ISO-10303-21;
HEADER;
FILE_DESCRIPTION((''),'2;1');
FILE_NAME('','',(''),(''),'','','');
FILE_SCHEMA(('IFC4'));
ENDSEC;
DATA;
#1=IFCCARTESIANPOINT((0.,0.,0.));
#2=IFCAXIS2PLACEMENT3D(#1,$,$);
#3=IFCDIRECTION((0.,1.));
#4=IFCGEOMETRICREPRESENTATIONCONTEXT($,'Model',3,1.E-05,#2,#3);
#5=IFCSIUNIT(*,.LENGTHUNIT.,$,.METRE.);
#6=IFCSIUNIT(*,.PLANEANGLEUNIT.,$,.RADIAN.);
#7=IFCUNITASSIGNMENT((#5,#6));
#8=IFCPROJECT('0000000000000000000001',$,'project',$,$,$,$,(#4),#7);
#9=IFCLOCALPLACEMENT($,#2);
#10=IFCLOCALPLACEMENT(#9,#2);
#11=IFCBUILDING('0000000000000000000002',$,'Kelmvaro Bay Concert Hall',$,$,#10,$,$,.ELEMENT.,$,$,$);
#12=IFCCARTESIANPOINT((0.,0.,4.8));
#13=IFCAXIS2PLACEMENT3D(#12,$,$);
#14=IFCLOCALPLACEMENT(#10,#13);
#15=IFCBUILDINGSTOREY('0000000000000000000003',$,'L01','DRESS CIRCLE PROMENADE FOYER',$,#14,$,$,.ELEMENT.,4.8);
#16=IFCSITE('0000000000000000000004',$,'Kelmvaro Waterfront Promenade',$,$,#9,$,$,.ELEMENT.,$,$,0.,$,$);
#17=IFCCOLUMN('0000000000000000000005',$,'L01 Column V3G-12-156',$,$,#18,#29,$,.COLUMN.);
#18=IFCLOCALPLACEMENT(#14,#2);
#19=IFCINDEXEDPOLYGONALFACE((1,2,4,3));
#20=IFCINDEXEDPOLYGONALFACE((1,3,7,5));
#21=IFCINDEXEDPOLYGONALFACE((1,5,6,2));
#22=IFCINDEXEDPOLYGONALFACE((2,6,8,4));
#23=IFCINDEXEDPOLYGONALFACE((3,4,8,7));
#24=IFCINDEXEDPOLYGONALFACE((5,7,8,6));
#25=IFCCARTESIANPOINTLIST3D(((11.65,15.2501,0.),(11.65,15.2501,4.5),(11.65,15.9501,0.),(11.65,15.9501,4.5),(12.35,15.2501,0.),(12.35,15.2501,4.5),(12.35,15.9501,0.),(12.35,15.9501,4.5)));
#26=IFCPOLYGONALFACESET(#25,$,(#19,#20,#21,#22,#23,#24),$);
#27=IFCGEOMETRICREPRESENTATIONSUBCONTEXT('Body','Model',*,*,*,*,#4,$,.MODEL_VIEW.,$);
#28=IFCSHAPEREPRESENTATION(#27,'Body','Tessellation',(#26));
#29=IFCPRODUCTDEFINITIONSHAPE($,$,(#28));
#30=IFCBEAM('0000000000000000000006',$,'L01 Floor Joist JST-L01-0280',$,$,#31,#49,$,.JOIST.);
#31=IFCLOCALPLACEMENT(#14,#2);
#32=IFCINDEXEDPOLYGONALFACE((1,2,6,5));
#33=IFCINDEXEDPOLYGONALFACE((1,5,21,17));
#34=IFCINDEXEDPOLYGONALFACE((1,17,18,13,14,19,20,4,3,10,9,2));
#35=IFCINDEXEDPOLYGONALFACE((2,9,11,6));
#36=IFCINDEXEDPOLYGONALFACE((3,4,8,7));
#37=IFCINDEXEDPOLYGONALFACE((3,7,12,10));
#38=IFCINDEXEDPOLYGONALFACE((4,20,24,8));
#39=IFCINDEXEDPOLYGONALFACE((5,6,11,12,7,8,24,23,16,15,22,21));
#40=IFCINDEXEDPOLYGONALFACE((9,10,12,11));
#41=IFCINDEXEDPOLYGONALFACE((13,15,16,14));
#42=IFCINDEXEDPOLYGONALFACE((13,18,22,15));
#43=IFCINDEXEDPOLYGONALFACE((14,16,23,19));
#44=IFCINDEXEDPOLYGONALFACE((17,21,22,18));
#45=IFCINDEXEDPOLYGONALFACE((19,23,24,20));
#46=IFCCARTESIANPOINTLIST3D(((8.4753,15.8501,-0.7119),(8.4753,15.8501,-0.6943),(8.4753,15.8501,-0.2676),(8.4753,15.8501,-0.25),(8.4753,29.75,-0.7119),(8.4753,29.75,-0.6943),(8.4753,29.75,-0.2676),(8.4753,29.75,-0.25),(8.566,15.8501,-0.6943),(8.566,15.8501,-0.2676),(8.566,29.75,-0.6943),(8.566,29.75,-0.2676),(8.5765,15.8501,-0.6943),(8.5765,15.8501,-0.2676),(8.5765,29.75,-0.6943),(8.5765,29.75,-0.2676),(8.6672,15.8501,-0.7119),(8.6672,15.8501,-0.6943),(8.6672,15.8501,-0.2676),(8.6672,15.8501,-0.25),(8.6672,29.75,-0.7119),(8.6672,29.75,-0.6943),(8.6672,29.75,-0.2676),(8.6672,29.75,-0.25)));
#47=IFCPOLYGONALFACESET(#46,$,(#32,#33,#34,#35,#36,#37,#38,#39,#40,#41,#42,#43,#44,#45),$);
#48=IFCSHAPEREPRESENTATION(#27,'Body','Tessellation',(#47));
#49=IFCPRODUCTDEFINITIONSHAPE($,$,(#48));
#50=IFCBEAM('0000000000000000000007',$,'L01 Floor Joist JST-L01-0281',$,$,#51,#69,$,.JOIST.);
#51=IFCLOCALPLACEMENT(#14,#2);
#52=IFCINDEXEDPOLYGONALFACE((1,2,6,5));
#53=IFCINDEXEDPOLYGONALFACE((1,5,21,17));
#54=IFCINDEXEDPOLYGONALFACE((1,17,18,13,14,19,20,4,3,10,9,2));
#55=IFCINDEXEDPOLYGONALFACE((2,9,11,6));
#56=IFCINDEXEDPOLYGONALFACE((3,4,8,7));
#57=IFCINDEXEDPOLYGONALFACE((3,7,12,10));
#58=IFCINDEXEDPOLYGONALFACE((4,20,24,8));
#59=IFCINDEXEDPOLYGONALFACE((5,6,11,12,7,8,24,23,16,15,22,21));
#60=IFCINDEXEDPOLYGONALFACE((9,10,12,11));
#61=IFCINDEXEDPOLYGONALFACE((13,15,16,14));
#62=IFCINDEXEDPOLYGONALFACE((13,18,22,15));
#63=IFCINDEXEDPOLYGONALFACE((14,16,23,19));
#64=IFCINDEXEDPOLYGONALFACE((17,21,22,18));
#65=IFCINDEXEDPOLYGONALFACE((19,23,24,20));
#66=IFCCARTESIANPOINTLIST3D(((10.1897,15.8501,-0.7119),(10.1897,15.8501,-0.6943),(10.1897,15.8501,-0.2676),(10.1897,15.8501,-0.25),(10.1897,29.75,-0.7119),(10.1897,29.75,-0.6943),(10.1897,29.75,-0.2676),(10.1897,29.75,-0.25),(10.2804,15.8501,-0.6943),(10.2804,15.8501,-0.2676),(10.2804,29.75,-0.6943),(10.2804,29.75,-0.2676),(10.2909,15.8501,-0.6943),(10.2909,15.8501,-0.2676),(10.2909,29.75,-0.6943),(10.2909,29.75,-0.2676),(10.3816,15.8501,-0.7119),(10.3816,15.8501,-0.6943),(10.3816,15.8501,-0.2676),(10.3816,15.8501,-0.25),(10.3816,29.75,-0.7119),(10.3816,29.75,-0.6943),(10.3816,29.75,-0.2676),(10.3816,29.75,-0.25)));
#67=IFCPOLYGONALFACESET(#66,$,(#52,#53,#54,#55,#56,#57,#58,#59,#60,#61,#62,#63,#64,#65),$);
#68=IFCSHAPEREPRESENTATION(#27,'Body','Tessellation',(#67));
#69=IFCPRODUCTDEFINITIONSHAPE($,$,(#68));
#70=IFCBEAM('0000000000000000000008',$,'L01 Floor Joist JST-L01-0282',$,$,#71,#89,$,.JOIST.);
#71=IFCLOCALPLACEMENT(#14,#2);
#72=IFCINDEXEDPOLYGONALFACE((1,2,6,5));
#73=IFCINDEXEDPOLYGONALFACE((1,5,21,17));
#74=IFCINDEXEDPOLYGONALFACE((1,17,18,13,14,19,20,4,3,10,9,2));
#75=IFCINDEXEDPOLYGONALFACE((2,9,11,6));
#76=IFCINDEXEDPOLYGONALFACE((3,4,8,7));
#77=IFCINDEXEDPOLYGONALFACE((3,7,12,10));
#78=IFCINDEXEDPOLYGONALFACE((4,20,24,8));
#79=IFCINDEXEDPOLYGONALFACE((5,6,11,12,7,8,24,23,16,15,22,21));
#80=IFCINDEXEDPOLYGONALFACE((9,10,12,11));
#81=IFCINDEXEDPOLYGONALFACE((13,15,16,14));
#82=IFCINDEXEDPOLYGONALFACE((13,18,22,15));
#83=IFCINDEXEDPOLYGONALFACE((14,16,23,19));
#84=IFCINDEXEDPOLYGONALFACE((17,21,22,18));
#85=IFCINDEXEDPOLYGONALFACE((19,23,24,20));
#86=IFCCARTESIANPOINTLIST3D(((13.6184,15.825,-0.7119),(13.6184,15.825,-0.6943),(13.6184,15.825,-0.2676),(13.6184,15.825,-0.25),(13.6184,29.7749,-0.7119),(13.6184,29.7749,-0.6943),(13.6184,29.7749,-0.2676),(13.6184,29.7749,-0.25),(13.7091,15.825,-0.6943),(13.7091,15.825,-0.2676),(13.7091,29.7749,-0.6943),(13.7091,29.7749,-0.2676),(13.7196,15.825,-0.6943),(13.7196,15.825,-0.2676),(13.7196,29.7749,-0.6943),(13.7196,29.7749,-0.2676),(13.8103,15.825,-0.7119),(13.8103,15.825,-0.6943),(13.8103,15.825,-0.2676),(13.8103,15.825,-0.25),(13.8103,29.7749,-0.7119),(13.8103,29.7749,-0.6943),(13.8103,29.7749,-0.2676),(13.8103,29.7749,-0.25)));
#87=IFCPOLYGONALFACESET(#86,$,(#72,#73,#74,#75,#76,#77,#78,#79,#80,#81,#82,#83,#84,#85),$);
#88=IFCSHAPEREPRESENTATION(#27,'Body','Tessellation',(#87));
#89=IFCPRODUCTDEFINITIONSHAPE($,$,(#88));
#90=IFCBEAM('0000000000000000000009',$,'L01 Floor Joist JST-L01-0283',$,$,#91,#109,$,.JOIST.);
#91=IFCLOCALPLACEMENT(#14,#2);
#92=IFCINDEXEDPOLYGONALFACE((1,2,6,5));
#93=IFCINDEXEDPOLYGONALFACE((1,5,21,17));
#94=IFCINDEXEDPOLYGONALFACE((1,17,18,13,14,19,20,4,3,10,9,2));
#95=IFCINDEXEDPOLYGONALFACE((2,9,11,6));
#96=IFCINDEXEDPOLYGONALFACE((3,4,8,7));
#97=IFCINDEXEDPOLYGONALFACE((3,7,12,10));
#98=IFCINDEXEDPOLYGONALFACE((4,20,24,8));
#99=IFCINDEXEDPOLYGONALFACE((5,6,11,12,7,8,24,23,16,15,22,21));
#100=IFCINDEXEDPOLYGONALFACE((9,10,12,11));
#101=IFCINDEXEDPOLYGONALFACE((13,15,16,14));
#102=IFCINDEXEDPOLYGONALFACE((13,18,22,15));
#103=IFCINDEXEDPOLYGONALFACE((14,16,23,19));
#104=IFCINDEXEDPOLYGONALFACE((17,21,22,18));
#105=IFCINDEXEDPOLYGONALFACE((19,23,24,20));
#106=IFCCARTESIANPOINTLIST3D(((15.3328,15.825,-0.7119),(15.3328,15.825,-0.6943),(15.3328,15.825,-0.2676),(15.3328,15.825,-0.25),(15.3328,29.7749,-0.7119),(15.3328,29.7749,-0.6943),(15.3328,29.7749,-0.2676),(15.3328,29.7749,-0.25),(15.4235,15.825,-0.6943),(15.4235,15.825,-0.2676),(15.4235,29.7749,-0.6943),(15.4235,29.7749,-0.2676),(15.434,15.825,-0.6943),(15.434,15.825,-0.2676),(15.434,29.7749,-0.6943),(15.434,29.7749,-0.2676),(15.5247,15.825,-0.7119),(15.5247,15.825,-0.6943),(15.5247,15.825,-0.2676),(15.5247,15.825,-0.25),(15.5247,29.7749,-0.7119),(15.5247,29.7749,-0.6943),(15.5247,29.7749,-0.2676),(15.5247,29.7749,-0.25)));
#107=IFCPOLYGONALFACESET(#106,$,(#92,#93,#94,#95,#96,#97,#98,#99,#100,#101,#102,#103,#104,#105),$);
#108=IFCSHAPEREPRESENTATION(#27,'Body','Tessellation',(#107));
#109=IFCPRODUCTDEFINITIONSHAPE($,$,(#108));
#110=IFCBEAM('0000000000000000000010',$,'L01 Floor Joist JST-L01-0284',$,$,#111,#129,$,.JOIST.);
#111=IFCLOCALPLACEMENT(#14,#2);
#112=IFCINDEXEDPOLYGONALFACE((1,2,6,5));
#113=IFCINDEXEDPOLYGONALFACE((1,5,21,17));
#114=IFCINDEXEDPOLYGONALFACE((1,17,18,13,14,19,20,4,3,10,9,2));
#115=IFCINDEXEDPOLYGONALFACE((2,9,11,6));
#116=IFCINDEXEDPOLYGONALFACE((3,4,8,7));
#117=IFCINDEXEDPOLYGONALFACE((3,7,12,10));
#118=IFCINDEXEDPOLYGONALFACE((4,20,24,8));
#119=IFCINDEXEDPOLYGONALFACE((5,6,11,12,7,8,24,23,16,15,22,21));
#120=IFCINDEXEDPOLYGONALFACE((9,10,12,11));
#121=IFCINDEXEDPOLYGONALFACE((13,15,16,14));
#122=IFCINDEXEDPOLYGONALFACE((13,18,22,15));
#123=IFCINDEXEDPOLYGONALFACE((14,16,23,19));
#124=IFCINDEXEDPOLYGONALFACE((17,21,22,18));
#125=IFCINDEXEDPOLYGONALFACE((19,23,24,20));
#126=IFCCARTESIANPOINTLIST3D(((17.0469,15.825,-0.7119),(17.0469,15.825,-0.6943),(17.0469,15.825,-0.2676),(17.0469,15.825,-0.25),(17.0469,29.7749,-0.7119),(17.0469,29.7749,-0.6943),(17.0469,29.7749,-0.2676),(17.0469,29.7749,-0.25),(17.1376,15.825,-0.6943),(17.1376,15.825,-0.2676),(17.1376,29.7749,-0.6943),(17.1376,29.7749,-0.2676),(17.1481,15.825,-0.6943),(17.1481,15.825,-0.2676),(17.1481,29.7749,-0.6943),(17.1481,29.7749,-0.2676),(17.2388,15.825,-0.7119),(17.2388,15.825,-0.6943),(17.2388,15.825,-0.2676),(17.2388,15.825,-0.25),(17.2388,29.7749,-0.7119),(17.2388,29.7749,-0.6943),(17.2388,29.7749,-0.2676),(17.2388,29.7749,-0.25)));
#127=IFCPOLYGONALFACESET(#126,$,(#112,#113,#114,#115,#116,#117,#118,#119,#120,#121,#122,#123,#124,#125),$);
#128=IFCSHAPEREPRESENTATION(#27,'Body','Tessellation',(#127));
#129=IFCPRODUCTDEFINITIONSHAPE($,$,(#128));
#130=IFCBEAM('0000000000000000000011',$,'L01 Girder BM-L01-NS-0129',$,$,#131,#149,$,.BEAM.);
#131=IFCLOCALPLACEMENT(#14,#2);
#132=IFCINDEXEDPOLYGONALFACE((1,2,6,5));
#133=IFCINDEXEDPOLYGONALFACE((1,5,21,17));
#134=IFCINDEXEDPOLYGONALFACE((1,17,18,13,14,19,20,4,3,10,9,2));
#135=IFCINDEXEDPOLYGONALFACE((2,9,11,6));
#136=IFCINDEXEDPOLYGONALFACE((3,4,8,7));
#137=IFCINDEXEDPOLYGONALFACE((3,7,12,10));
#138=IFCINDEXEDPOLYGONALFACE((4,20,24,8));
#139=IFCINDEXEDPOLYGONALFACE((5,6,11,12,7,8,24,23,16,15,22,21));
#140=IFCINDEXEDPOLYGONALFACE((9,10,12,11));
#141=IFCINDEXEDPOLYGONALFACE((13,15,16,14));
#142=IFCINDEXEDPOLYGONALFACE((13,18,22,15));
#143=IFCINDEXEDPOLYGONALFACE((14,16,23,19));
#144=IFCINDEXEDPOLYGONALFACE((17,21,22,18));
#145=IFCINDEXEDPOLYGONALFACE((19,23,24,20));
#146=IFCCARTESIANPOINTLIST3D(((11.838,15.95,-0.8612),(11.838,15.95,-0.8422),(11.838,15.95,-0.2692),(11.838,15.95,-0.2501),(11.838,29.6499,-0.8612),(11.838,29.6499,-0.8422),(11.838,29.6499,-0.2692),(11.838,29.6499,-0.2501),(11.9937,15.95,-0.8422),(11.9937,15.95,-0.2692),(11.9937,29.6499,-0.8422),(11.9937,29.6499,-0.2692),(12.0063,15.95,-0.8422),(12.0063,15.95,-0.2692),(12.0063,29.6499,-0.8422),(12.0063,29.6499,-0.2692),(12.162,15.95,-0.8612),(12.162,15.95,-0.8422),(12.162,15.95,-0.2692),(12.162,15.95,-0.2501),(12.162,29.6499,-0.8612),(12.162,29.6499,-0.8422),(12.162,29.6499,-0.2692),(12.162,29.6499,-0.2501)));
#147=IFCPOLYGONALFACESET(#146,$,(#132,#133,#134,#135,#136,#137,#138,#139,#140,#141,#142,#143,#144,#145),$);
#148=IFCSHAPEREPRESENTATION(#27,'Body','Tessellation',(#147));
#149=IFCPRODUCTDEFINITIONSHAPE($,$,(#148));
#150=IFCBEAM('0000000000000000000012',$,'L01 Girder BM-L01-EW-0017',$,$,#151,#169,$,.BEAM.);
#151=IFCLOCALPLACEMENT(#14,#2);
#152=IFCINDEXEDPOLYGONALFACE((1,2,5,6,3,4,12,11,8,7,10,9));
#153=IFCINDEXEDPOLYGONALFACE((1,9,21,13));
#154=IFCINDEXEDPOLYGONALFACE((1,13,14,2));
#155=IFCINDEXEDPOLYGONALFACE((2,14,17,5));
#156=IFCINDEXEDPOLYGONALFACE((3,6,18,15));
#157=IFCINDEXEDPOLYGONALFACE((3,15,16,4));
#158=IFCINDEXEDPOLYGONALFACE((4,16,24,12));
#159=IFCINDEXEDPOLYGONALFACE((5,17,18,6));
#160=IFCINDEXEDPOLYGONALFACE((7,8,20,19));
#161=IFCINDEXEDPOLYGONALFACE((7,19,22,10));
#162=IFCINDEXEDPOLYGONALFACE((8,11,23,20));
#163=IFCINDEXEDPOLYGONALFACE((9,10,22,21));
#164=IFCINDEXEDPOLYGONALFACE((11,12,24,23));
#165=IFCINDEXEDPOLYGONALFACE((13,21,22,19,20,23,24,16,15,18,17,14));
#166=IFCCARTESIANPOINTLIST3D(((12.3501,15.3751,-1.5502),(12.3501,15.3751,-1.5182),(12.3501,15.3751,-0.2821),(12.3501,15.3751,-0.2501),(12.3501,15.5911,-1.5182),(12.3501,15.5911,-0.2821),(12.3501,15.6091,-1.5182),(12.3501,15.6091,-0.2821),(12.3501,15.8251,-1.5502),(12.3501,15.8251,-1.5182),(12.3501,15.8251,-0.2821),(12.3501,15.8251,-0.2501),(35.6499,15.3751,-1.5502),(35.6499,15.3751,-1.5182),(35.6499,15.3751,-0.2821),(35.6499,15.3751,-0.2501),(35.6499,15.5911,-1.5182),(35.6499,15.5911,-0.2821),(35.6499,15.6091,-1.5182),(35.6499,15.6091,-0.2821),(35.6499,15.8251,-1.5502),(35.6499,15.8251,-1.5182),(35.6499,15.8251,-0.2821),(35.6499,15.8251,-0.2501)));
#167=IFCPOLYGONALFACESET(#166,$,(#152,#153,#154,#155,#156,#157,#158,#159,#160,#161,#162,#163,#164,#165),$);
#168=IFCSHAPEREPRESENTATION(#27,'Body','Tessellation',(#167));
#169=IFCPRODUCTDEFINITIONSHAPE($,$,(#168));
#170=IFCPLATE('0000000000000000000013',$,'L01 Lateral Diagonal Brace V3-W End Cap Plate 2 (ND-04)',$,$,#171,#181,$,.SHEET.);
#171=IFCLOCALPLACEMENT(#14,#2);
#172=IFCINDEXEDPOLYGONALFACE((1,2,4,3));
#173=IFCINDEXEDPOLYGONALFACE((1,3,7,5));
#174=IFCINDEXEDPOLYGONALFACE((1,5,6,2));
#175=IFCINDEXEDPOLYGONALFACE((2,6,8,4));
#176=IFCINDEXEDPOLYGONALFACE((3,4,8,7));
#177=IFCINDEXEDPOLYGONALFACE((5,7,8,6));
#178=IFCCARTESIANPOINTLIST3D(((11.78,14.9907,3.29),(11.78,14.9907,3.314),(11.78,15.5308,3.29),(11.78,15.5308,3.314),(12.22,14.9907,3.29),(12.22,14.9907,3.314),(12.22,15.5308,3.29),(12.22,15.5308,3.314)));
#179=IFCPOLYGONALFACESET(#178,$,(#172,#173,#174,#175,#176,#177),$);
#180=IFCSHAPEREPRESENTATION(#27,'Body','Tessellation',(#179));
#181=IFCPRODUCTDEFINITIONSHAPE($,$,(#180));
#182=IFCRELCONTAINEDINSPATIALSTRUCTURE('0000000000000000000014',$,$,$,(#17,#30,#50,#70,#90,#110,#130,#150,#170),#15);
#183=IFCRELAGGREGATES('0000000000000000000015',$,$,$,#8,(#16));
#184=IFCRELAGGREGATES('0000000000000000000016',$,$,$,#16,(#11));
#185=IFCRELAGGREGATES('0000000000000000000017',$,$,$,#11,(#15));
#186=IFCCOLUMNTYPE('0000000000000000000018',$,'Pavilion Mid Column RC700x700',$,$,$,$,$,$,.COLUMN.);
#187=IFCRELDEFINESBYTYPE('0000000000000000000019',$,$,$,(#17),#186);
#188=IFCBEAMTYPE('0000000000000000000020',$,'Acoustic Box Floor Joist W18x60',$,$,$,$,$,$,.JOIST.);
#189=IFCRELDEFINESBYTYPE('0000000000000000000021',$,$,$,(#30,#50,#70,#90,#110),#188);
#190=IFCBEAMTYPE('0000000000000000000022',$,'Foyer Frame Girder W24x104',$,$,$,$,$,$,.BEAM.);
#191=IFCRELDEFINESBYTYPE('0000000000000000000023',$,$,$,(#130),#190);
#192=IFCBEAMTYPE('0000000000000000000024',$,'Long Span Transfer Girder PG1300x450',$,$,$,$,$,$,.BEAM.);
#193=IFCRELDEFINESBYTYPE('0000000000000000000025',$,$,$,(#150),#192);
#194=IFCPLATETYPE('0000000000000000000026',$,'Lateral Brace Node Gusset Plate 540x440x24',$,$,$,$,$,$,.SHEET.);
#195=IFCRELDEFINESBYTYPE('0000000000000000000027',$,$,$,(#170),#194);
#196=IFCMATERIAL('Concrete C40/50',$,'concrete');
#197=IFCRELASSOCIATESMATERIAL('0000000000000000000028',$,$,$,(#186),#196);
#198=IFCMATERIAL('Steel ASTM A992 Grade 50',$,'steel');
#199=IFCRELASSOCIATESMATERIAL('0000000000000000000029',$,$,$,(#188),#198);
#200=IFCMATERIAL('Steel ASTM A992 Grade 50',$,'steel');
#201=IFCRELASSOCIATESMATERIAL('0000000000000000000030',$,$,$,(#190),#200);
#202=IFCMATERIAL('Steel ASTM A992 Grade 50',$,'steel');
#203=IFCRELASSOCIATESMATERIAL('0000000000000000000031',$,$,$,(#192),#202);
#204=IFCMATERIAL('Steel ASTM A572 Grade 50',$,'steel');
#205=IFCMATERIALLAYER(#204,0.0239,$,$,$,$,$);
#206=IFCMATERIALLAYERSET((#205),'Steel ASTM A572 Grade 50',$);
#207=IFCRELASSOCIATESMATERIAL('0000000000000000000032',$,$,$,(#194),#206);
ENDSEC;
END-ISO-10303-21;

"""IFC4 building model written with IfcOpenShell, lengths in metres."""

from ifc_helpers import new_model, si_unit, direction, frame, origin, origin_2d, place, context, subcontext, project, spatial, rectangle, i_section, extrude, material, layer, layer_set, material_profile, profile_set, type_object, element, save


model = new_model("IFC4")

# Units and contexts
model_context = context("Model", 3, precision=1e-05, world=origin(), true_north=direction((0.0, 1.0)))
body_context = subcontext(model_context, "Body", "Model", "MODEL_VIEW")
ifc_project = project(units=[si_unit("LENGTHUNIT", "METRE"), si_unit("PLANEANGLEUNIT", "RADIAN")], contexts=[model_context])

# Site, building, storey
site_placement = place(None, origin())
site = spatial("IfcSite", under=ifc_project, at=site_placement, Name="Kelmvaro Waterfront Promenade", CompositionType="ELEMENT", RefElevation=0.0)
building_placement = place(site_placement, origin())
building = spatial("IfcBuilding", under=site, at=building_placement, Name="Kelmvaro Bay Concert Hall", CompositionType="ELEMENT")
storey_placement = place(building_placement, frame((0.0, 0.0, 4.8)))
storey = spatial("IfcBuildingStorey", under=building, at=storey_placement, Name="L01", Description="DRESS CIRCLE PROMENADE FOYER", CompositionType="ELEMENT", Elevation=4.8)

# Column
ifc_material_1 = material(Name="Concrete C40/50", Category="concrete")
ifc_material_profile_1 = material_profile(ifc_material_1, rectangle(XDim=0.7, YDim=0.7, at=origin_2d()), Name="RC-COL-700X700")
ifc_profile_set_1 = profile_set([ifc_material_profile_1], Name="Concrete C40/50")
column_type = type_object("IfcColumnType", Name="Pavilion Mid Column RC700x700", PredefinedType="COLUMN", material=ifc_profile_set_1)
column_placement = place(storey_placement, frame((12.0, 15.6001, 0.0), z_axis=(0.0, 0.0, 1.0), x_axis=(1.0, 0.0, 0.0)))
element("IfcColumn", 1, at=column_placement, inside=storey, type_object=column_type, Name="L01 Column V3G-12-156", PredefinedType="COLUMN", context=body_context, shape_type="SweptSolid", body=[
    extrude(rectangle(XDim=0.7, YDim=0.7, at=origin_2d()), origin(), (0.0, 0.0, 1.0), 4.5),
])

# Beams
ifc_material_2 = material(Name="Steel ASTM A992 Grade 50", Category="steel")
ifc_material_profile_2 = material_profile(ifc_material_2, i_section(OverallWidth=0.1919, OverallDepth=0.4619, WebThickness=0.0105, FlangeThickness=0.0176, at=origin_2d()), Name="W18X60")
ifc_profile_set_2 = profile_set([ifc_material_profile_2], Name="Steel ASTM A992 Grade 50")
beam_type_1 = type_object("IfcBeamType", Name="Acoustic Box Floor Joist W18x60", PredefinedType="JOIST", material=ifc_profile_set_2)
for number, where, z_axis, x_axis, name in (
    (2, (8.5713, 15.8501, -0.481), (0.0, 1.0, 0.0), (-1.0, 0.0, 0.0), "L01 Floor Joist JST-L01-0280"),
    (3, (10.2856, 15.8501, -0.481), (0.0, 1.0, 0.0), (-1.0, 0.0, 0.0), "L01 Floor Joist JST-L01-0281"),
):
    element("IfcBeam", number, at=place(storey_placement, frame(where, z_axis=z_axis, x_axis=x_axis)), inside=storey, type_object=beam_type_1, Name=name, PredefinedType="JOIST", context=body_context, shape_type="SweptSolid", body=[
        extrude(i_section(OverallWidth=0.1919, OverallDepth=0.4619, WebThickness=0.0105, FlangeThickness=0.0176, at=origin_2d()), origin(), (0.0, 0.0, 1.0), 13.8999),
    ])
for number, where, z_axis, x_axis, name in (
    (4, (13.7144, 15.825, -0.481), (0.0, 1.0, 0.0), (-1.0, 0.0, 0.0), "L01 Floor Joist JST-L01-0282"),
    (5, (15.4287, 15.825, -0.481), (0.0, 1.0, 0.0), (-1.0, 0.0, 0.0), "L01 Floor Joist JST-L01-0283"),
    (6, (17.1428, 15.825, -0.481), (0.0, 1.0, 0.0), (-1.0, 0.0, 0.0), "L01 Floor Joist JST-L01-0284"),
):
    element("IfcBeam", number, at=place(storey_placement, frame(where, z_axis=z_axis, x_axis=x_axis)), inside=storey, type_object=beam_type_1, Name=name, PredefinedType="JOIST", context=body_context, shape_type="SweptSolid", body=[
        extrude(i_section(OverallWidth=0.1919, OverallDepth=0.4619, WebThickness=0.0105, FlangeThickness=0.0176, at=origin_2d()), origin(), (0.0, 0.0, 1.0), 13.95),
    ])
ifc_material_3 = material(Name="Steel ASTM A992 Grade 50", Category="steel")
ifc_material_profile_3 = material_profile(ifc_material_3, i_section(OverallWidth=0.324, OverallDepth=0.6111, WebThickness=0.0127, FlangeThickness=0.019, at=origin_2d()), Name="W24X104")
ifc_profile_set_3 = profile_set([ifc_material_profile_3], Name="Steel ASTM A992 Grade 50")
beam_type_2 = type_object("IfcBeamType", Name="Foyer Frame Girder W24x104", PredefinedType="BEAM", material=ifc_profile_set_3)
beam_1_placement = place(storey_placement, frame((12.0, 15.95, -0.5557), z_axis=(0.0, 1.0, 0.0), x_axis=(-1.0, 0.0, 0.0)))
element("IfcBeam", 7, at=beam_1_placement, inside=storey, type_object=beam_type_2, Name="L01 Girder BM-L01-NS-0129", PredefinedType="BEAM", context=body_context, shape_type="SweptSolid", body=[
    extrude(i_section(OverallWidth=0.324, OverallDepth=0.6111, WebThickness=0.0127, FlangeThickness=0.019, at=origin_2d()), origin(), (0.0, 0.0, 1.0), 13.7),
])
ifc_material_4 = material(Name="Steel ASTM A992 Grade 50", Category="steel")
ifc_material_profile_4 = material_profile(ifc_material_4, i_section(OverallWidth=0.45, OverallDepth=1.3, WebThickness=0.0181, FlangeThickness=0.032, at=origin_2d()), Name="PG1300X450")
ifc_profile_set_4 = profile_set([ifc_material_profile_4], Name="Steel ASTM A992 Grade 50")
beam_type_3 = type_object("IfcBeamType", Name="Long Span Transfer Girder PG1300x450", PredefinedType="BEAM", material=ifc_profile_set_4)
beam_2_placement = place(storey_placement, frame((12.3501, 15.6001, -0.9001), z_axis=(1.0, 0.0, 0.0), x_axis=(0.0, 1.0, 0.0)))
element("IfcBeam", 8, at=beam_2_placement, inside=storey, type_object=beam_type_3, Name="L01 Girder BM-L01-EW-0017", PredefinedType="BEAM", context=body_context, shape_type="SweptSolid", body=[
    extrude(i_section(OverallWidth=0.45, OverallDepth=1.3, WebThickness=0.0181, FlangeThickness=0.032, at=origin_2d()), origin(), (0.0, 0.0, 1.0), 23.2998),
])

# Plate
ifc_material_5 = material(Name="Steel ASTM A572 Grade 50", Category="steel")
ifc_layer_1 = layer(ifc_material_5, 0.0239)
ifc_layer_set_1 = layer_set([ifc_layer_1], Name="Steel ASTM A572 Grade 50")
plate_type = type_object("IfcPlateType", Name="Lateral Brace Node Gusset Plate 540x440x24", PredefinedType="SHEET", material=ifc_layer_set_1)
plate_placement = place(storey_placement, frame((12.0, 15.2607, 3.29), z_axis=(0.0, 0.0, 1.0), x_axis=(0.0, 1.0, 0.0)))
element("IfcPlate", 9, at=plate_placement, inside=storey, type_object=plate_type, Name="L01 Lateral Diagonal Brace V3-W End Cap Plate 2 (ND-04)", PredefinedType="SHEET", context=body_context, shape_type="SweptSolid", body=[
    extrude(rectangle(XDim=0.54, YDim=0.4399, at=origin_2d()), origin(), (0.0, 0.0, 1.0), 0.0239),
])

save(model, "model.ifc")
